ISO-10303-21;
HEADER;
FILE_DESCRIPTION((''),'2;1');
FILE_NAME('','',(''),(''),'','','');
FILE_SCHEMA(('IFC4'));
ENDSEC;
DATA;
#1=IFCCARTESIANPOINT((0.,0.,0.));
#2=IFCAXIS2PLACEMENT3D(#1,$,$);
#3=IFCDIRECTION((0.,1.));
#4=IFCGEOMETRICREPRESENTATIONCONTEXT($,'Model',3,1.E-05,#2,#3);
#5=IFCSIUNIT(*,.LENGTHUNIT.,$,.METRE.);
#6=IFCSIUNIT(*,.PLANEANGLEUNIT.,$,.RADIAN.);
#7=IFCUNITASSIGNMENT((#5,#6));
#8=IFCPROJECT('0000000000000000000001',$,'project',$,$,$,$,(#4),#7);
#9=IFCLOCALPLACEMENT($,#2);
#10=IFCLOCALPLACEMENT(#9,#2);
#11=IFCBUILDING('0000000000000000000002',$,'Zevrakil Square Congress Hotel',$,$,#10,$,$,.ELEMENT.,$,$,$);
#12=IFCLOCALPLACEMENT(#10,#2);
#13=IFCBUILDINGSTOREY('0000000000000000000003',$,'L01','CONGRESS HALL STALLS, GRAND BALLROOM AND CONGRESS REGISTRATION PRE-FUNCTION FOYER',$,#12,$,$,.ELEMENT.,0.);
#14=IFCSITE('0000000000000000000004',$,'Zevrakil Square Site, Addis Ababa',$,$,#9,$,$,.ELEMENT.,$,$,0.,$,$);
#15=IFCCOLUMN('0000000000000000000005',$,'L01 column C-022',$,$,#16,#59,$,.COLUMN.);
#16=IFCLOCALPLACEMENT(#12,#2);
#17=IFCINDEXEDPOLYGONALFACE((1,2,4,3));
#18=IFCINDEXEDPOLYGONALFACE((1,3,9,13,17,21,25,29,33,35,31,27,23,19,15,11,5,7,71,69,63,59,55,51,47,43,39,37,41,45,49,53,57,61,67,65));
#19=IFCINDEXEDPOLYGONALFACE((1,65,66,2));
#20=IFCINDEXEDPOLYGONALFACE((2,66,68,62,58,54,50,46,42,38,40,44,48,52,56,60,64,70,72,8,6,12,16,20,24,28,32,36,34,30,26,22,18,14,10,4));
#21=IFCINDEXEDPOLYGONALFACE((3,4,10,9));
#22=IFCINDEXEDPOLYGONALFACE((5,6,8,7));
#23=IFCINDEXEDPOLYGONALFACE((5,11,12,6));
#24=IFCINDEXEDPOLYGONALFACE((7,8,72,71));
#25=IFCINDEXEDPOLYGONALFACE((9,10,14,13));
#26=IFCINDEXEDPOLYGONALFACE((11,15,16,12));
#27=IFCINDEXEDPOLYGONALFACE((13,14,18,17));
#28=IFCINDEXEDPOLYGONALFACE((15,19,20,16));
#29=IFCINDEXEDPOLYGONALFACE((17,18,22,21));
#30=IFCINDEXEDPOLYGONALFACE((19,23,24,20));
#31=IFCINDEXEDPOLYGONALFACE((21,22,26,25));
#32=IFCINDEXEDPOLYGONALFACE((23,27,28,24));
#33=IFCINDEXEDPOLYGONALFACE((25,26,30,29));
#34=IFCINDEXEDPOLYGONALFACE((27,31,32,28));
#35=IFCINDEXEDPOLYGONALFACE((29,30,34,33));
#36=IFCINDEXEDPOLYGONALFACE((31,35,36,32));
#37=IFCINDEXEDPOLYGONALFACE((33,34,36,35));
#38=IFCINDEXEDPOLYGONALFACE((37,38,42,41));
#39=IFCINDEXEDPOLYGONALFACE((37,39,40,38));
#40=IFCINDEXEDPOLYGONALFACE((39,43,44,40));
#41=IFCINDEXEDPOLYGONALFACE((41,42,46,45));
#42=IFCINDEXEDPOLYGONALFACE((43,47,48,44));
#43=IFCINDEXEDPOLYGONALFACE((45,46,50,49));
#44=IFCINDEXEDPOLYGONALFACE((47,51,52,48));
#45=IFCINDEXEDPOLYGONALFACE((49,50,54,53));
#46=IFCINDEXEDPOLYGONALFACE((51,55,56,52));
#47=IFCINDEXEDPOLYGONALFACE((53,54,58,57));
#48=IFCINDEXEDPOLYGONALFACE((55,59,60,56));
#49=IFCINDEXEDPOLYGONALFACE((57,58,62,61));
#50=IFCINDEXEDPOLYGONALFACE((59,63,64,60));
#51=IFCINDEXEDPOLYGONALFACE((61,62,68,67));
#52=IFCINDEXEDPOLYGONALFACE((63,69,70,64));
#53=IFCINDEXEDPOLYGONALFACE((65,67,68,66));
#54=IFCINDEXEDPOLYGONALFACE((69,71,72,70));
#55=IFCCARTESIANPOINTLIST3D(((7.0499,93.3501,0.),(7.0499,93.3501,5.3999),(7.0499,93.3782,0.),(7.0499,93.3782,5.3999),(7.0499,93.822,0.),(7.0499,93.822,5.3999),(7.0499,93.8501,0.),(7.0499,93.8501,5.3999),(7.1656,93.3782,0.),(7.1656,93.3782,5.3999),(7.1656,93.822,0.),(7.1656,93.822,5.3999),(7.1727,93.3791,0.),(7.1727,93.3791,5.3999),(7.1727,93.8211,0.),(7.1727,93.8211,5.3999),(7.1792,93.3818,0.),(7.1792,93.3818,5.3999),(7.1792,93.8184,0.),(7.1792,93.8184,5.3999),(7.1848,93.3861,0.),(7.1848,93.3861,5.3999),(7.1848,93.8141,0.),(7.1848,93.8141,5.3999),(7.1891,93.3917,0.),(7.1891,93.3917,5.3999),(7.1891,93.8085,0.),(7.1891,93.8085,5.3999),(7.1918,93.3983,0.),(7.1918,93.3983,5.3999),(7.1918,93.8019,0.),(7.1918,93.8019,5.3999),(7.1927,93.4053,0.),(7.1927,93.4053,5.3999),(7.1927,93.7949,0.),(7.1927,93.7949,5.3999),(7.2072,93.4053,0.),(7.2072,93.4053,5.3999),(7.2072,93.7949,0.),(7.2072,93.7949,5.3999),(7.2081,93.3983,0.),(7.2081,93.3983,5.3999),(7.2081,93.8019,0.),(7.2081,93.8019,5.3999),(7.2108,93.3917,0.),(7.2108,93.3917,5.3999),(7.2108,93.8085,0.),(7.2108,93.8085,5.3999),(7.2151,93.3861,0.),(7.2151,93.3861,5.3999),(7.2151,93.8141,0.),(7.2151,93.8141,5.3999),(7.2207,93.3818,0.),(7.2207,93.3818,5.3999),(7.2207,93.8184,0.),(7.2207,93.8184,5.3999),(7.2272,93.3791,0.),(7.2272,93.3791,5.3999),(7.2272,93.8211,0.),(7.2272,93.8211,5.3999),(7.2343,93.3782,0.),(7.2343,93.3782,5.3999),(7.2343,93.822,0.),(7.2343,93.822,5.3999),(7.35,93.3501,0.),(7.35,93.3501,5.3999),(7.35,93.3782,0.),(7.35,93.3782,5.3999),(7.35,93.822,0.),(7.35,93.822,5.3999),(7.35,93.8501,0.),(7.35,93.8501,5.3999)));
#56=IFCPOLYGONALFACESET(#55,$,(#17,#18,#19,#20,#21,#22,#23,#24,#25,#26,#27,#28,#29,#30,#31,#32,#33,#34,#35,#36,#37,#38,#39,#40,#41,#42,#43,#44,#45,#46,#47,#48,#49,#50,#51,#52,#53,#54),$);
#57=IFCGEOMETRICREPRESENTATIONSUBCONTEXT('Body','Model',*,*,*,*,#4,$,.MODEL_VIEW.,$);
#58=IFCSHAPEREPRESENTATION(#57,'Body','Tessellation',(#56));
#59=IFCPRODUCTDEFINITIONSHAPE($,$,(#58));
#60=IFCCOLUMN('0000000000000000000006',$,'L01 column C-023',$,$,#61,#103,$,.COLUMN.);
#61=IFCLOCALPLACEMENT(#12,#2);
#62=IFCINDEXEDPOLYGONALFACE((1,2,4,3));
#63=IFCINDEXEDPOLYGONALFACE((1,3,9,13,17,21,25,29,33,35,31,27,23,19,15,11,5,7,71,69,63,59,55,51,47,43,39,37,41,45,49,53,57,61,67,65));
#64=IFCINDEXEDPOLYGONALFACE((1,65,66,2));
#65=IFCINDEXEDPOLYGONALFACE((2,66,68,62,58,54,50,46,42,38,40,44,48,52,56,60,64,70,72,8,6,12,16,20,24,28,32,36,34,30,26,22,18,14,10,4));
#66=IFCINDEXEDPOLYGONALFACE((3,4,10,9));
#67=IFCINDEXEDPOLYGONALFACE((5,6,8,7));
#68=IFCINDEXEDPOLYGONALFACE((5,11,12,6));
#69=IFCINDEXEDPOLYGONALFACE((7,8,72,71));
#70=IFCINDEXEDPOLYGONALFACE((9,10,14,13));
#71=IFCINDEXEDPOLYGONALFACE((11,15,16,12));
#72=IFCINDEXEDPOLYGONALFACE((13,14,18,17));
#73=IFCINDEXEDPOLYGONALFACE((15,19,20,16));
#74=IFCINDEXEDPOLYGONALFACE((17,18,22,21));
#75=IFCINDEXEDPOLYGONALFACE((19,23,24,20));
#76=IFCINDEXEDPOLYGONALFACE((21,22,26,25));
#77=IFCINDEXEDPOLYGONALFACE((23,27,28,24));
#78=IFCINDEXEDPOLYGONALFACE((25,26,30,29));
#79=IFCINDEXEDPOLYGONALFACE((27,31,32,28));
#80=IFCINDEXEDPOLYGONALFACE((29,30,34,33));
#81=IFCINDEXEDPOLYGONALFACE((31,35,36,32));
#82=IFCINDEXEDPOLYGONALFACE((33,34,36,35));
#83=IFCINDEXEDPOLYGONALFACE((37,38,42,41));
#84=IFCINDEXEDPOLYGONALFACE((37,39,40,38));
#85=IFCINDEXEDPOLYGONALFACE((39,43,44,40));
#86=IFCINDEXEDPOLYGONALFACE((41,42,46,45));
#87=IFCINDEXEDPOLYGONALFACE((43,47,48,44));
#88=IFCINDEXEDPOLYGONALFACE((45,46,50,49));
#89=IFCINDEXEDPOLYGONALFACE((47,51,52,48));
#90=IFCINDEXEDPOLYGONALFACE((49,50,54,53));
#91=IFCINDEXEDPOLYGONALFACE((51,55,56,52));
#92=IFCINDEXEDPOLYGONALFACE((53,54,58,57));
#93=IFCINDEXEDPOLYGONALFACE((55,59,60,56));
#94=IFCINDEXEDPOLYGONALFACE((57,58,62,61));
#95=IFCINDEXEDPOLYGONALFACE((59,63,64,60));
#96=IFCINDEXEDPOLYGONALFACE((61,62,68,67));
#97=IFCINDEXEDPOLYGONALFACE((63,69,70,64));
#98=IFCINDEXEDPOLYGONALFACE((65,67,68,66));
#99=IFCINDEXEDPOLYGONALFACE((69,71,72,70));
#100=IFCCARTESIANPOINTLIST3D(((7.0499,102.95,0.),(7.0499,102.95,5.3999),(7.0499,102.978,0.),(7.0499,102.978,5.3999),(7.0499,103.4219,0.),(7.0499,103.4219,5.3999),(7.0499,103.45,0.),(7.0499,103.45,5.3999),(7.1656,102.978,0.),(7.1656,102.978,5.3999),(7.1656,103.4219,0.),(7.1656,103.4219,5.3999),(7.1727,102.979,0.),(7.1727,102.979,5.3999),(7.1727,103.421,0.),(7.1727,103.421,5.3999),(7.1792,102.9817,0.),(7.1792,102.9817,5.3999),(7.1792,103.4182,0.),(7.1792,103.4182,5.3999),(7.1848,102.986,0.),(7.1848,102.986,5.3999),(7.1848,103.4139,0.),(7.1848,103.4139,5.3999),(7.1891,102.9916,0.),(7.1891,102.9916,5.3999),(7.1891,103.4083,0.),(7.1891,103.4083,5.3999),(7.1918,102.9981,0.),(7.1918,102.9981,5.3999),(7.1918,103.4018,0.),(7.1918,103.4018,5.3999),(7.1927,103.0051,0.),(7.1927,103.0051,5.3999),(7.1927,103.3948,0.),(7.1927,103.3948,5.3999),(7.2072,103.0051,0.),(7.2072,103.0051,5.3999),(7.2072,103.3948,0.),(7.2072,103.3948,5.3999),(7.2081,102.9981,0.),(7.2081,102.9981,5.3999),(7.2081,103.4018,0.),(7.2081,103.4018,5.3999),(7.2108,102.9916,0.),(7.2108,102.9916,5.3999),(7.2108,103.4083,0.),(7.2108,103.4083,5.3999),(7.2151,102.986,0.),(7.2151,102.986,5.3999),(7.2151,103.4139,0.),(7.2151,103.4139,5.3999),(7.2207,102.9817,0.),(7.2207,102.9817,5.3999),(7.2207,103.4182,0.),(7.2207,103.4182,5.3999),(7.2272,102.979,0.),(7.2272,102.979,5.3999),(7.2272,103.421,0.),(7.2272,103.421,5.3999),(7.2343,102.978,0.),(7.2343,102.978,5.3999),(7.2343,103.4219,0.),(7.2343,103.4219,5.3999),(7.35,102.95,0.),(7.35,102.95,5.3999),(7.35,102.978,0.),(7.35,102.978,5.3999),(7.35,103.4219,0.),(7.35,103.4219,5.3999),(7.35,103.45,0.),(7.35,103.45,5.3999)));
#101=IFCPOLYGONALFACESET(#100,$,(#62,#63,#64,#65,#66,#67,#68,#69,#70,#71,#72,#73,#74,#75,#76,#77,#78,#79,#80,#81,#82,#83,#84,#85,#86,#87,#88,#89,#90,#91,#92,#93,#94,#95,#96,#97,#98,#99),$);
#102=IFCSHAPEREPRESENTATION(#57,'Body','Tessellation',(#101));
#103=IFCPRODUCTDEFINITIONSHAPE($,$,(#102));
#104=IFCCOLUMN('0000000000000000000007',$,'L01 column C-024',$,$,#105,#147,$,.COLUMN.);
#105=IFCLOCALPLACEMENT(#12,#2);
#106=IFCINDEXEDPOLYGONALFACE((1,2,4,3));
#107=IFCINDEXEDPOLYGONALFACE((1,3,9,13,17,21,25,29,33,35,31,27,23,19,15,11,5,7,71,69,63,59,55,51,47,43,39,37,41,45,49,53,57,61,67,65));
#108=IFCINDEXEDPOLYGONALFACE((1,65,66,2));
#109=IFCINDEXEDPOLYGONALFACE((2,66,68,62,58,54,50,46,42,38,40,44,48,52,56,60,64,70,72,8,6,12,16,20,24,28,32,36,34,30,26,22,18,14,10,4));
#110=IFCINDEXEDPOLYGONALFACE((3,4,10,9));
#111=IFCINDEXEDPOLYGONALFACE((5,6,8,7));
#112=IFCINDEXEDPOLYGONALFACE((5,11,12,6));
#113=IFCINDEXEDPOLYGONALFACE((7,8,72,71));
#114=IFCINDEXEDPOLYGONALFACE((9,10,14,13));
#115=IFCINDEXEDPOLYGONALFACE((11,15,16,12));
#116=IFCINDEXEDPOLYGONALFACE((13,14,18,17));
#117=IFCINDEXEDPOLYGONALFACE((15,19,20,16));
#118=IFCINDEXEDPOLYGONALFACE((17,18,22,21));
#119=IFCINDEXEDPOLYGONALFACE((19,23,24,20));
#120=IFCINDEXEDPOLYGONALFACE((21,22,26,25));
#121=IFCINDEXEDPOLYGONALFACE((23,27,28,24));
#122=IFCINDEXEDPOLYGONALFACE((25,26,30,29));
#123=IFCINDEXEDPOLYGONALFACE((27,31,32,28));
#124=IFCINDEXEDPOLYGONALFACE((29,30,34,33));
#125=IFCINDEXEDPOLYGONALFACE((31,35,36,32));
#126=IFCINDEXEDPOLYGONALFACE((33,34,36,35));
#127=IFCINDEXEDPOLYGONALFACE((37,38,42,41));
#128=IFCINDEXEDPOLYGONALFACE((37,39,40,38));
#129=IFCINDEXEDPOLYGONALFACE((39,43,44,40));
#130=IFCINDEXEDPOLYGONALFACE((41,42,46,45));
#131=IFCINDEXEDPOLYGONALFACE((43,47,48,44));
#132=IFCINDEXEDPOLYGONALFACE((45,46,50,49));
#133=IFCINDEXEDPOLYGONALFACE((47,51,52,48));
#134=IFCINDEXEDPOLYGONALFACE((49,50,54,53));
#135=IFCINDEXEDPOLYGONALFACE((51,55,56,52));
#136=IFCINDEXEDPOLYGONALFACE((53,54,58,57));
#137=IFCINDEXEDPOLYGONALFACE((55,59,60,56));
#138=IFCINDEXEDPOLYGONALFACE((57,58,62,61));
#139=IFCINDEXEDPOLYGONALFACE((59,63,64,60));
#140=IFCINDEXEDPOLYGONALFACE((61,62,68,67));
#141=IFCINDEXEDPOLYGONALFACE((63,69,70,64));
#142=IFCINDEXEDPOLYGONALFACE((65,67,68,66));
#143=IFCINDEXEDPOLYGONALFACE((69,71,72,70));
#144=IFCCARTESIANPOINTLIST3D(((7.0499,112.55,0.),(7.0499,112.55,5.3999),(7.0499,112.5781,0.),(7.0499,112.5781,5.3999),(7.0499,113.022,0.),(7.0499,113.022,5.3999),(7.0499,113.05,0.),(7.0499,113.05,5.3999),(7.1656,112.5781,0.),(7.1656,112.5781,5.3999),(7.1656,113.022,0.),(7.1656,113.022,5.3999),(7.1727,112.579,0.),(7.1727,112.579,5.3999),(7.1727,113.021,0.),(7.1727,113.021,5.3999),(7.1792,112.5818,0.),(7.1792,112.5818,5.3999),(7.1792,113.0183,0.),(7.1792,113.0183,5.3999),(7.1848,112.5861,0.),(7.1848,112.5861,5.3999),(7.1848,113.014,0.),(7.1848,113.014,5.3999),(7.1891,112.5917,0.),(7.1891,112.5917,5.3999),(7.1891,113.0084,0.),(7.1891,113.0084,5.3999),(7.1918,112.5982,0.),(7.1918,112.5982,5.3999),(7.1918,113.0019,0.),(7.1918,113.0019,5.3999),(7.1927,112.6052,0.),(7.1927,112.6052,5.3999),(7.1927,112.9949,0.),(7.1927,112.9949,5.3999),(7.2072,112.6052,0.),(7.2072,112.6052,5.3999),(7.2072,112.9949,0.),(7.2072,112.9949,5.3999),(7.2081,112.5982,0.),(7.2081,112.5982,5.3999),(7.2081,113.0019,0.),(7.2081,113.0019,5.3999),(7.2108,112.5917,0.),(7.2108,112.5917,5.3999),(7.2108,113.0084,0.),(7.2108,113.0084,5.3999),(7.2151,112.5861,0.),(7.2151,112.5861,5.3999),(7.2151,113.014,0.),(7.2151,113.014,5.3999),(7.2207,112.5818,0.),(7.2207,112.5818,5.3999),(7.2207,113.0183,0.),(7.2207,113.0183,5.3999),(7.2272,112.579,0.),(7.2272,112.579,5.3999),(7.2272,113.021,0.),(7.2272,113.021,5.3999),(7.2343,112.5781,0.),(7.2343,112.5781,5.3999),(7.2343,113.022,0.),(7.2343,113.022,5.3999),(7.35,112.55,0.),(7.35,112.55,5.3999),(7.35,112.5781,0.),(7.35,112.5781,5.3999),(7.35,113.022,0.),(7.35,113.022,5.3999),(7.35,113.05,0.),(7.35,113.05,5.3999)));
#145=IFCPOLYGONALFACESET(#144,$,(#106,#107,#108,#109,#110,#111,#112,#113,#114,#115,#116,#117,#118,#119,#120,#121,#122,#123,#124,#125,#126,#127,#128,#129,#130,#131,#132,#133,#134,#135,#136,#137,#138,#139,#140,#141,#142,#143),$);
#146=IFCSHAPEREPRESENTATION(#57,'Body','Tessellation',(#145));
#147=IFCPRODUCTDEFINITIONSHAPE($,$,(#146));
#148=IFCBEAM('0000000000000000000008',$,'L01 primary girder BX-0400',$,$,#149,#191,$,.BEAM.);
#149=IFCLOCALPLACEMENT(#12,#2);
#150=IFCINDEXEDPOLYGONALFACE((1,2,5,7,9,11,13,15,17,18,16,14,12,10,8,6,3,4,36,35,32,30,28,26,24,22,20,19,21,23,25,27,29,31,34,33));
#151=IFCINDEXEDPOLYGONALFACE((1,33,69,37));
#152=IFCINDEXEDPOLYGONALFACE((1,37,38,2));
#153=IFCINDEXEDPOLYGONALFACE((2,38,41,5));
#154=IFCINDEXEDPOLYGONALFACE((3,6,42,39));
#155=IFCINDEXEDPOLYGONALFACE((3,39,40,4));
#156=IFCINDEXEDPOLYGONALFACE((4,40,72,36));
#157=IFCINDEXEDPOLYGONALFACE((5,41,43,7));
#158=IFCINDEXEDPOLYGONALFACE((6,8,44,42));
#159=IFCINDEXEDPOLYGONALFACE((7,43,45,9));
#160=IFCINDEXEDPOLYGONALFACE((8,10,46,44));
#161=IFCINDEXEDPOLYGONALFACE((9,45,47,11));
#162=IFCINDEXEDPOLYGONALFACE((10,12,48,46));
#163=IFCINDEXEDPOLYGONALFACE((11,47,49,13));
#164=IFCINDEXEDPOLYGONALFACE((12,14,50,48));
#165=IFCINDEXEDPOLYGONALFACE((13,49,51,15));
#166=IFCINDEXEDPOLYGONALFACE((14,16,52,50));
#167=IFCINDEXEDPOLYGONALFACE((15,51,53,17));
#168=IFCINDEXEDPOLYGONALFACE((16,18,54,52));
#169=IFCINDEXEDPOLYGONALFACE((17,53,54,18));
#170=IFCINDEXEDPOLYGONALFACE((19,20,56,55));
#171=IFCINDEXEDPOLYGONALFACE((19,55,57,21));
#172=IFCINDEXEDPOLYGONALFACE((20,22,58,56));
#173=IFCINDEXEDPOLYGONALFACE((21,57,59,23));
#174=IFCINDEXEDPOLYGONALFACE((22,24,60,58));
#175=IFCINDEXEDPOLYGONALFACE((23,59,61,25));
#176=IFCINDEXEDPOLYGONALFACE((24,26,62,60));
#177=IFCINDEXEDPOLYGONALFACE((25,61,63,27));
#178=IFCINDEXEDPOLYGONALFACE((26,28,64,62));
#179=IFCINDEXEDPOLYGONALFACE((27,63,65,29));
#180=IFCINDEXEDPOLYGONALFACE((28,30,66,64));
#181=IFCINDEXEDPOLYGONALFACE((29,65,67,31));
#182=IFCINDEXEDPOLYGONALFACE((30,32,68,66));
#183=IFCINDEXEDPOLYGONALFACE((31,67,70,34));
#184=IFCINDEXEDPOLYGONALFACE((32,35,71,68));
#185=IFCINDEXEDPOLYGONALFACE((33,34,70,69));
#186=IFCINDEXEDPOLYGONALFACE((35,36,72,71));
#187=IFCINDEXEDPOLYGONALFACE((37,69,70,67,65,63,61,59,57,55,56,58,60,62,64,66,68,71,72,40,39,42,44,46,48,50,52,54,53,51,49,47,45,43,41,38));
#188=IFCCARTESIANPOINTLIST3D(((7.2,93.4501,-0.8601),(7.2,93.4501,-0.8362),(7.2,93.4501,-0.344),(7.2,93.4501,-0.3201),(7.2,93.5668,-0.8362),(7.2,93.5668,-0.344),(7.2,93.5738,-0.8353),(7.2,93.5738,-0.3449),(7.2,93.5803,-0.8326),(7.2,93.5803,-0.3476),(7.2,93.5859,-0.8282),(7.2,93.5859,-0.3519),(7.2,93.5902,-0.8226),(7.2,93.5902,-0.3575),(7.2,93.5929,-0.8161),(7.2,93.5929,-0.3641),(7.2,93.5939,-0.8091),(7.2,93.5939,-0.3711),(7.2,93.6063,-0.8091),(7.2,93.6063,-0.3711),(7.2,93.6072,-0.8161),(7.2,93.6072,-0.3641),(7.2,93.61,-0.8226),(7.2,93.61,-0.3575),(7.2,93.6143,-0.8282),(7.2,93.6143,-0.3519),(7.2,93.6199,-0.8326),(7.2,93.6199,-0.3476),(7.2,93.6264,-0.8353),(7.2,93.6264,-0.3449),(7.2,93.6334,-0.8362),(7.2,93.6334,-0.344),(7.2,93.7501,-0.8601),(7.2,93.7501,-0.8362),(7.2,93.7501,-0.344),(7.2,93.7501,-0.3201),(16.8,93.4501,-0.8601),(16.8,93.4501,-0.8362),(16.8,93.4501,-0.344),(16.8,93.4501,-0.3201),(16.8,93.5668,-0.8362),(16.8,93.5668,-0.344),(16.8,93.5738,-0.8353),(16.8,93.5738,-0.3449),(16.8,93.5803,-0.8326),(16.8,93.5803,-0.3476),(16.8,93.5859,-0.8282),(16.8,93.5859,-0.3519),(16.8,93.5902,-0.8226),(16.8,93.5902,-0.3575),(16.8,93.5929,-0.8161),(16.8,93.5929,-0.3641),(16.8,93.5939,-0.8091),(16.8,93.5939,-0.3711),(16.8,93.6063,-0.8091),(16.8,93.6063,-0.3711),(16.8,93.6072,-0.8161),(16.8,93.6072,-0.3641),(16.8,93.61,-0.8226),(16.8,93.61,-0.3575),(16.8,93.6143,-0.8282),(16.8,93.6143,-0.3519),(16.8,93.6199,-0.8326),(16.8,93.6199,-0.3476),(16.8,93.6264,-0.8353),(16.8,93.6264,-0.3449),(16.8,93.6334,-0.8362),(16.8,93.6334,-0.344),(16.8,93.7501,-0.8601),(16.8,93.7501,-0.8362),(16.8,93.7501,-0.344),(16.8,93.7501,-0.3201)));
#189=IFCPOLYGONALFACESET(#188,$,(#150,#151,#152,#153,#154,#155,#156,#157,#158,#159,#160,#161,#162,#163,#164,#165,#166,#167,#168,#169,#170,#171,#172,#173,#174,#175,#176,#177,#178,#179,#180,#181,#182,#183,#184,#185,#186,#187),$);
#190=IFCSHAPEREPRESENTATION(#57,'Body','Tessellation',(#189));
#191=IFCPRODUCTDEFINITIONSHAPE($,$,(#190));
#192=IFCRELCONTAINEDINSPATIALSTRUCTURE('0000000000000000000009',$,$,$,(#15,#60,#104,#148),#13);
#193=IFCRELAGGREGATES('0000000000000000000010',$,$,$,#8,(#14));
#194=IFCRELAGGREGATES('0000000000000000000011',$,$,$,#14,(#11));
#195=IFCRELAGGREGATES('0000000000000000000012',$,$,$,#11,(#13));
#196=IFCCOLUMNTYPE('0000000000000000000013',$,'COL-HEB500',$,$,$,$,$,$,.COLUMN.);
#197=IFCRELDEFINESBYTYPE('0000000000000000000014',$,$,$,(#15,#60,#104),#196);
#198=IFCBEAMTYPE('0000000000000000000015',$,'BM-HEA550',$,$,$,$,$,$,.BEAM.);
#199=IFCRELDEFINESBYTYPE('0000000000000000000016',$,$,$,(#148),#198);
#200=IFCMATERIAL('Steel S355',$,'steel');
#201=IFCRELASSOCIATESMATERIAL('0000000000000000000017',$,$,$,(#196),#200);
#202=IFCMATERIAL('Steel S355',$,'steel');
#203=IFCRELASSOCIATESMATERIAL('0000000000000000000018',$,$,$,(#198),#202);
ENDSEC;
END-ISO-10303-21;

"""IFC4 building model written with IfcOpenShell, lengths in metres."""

from ifc_helpers import new_model, si_unit, direction, frame, origin, origin_2d, place, context, subcontext, project, spatial, i_section, extrude, material, material_profile, profile_set, type_object, element, save


model = new_model("IFC4")

# Units and contexts
model_context = context("Model", 3, precision=1e-05, world=origin(), true_north=direction((0.0, 1.0)))
body_context = subcontext(model_context, "Body", "Model", "MODEL_VIEW")
ifc_project = project(units=[si_unit("LENGTHUNIT", "METRE"), si_unit("PLANEANGLEUNIT", "RADIAN")], contexts=[model_context])

# Site, building, storey
site_placement = place(None, origin())
site = spatial("IfcSite", under=ifc_project, at=site_placement, Name="Zevrakil Square Site, Addis Ababa", CompositionType="ELEMENT", RefElevation=0.0)
building_placement = place(site_placement, origin())
building = spatial("IfcBuilding", under=site, at=building_placement, Name="Zevrakil Square Congress Hotel", CompositionType="ELEMENT")
storey_placement = place(building_placement, origin())
storey = spatial("IfcBuildingStorey", under=building, at=storey_placement, Name="L01", Description="CONGRESS HALL STALLS, GRAND BALLROOM AND CONGRESS REGISTRATION PRE-FUNCTION FOYER", CompositionType="ELEMENT", Elevation=0.0)

# Columns
ifc_material_1 = material(Name="Steel S355", Category="steel")
ifc_material_profile_1 = material_profile(ifc_material_1, i_section(OverallWidth=0.3, OverallDepth=0.5, WebThickness=0.0144, FlangeThickness=0.0281, FilletRadius=0.0271, at=origin_2d()), Name="HEB 500")
ifc_profile_set_1 = profile_set([ifc_material_profile_1], Name="Steel S355")
column_type = type_object("IfcColumnType", Name="COL-HEB500", PredefinedType="COLUMN", material=ifc_profile_set_1)
for number, where, z_axis, x_axis, name in (
    (1, (7.2, 93.6001, 0.0), (0.0, 0.0, 1.0), (1.0, 0.0, 0.0), "L01 column C-022"),
    (2, (7.2, 103.2, 0.0), (0.0, 0.0, 1.0), (1.0, 0.0, 0.0), "L01 column C-023"),
    (3, (7.2, 112.8, 0.0), (0.0, 0.0, 1.0), (1.0, 0.0, 0.0), "L01 column C-024"),
):
    element("IfcColumn", number, at=place(storey_placement, frame(where, z_axis=z_axis, x_axis=x_axis)), inside=storey, type_object=column_type, Name=name, PredefinedType="COLUMN", context=body_context, shape_type="SweptSolid", body=[
        extrude(i_section(OverallWidth=0.3, OverallDepth=0.5, WebThickness=0.0144, FlangeThickness=0.0281, FilletRadius=0.0271, at=origin_2d()), origin(), (0.0, 0.0, 1.0), 5.3999),
    ])

# Beam
ifc_material_2 = material(Name="Steel S355", Category="steel")
ifc_material_profile_2 = material_profile(ifc_material_2, i_section(OverallWidth=0.3, OverallDepth=0.54, WebThickness=0.0125, FlangeThickness=0.0239, FilletRadius=0.0271, at=origin_2d()), Name="HEA 550")
ifc_profile_set_2 = profile_set([ifc_material_profile_2], Name="Steel S355")
beam_type_1 = type_object("IfcBeamType", Name="BM-HEA550", PredefinedType="BEAM", material=ifc_profile_set_2)
for number, where, z_axis, x_axis, name in (
    (4, (7.2, 93.6001, -0.5901), (1.0, 0.0, 0.0), (0.0, 1.0, 0.0), "L01 primary girder BX-0400"),
):
    element("IfcBeam", number, at=place(storey_placement, frame(where, z_axis=z_axis, x_axis=x_axis)), inside=storey, type_object=beam_type_1, Name=name, PredefinedType="BEAM", context=body_context, shape_type="SweptSolid", body=[
        extrude(i_section(OverallWidth=0.3, OverallDepth=0.54, WebThickness=0.0125, FlangeThickness=0.0239, FilletRadius=0.0271, at=origin_2d()), origin(), (0.0, 0.0, 1.0), 9.6001),
    ])

save(model, "model.ifc")
